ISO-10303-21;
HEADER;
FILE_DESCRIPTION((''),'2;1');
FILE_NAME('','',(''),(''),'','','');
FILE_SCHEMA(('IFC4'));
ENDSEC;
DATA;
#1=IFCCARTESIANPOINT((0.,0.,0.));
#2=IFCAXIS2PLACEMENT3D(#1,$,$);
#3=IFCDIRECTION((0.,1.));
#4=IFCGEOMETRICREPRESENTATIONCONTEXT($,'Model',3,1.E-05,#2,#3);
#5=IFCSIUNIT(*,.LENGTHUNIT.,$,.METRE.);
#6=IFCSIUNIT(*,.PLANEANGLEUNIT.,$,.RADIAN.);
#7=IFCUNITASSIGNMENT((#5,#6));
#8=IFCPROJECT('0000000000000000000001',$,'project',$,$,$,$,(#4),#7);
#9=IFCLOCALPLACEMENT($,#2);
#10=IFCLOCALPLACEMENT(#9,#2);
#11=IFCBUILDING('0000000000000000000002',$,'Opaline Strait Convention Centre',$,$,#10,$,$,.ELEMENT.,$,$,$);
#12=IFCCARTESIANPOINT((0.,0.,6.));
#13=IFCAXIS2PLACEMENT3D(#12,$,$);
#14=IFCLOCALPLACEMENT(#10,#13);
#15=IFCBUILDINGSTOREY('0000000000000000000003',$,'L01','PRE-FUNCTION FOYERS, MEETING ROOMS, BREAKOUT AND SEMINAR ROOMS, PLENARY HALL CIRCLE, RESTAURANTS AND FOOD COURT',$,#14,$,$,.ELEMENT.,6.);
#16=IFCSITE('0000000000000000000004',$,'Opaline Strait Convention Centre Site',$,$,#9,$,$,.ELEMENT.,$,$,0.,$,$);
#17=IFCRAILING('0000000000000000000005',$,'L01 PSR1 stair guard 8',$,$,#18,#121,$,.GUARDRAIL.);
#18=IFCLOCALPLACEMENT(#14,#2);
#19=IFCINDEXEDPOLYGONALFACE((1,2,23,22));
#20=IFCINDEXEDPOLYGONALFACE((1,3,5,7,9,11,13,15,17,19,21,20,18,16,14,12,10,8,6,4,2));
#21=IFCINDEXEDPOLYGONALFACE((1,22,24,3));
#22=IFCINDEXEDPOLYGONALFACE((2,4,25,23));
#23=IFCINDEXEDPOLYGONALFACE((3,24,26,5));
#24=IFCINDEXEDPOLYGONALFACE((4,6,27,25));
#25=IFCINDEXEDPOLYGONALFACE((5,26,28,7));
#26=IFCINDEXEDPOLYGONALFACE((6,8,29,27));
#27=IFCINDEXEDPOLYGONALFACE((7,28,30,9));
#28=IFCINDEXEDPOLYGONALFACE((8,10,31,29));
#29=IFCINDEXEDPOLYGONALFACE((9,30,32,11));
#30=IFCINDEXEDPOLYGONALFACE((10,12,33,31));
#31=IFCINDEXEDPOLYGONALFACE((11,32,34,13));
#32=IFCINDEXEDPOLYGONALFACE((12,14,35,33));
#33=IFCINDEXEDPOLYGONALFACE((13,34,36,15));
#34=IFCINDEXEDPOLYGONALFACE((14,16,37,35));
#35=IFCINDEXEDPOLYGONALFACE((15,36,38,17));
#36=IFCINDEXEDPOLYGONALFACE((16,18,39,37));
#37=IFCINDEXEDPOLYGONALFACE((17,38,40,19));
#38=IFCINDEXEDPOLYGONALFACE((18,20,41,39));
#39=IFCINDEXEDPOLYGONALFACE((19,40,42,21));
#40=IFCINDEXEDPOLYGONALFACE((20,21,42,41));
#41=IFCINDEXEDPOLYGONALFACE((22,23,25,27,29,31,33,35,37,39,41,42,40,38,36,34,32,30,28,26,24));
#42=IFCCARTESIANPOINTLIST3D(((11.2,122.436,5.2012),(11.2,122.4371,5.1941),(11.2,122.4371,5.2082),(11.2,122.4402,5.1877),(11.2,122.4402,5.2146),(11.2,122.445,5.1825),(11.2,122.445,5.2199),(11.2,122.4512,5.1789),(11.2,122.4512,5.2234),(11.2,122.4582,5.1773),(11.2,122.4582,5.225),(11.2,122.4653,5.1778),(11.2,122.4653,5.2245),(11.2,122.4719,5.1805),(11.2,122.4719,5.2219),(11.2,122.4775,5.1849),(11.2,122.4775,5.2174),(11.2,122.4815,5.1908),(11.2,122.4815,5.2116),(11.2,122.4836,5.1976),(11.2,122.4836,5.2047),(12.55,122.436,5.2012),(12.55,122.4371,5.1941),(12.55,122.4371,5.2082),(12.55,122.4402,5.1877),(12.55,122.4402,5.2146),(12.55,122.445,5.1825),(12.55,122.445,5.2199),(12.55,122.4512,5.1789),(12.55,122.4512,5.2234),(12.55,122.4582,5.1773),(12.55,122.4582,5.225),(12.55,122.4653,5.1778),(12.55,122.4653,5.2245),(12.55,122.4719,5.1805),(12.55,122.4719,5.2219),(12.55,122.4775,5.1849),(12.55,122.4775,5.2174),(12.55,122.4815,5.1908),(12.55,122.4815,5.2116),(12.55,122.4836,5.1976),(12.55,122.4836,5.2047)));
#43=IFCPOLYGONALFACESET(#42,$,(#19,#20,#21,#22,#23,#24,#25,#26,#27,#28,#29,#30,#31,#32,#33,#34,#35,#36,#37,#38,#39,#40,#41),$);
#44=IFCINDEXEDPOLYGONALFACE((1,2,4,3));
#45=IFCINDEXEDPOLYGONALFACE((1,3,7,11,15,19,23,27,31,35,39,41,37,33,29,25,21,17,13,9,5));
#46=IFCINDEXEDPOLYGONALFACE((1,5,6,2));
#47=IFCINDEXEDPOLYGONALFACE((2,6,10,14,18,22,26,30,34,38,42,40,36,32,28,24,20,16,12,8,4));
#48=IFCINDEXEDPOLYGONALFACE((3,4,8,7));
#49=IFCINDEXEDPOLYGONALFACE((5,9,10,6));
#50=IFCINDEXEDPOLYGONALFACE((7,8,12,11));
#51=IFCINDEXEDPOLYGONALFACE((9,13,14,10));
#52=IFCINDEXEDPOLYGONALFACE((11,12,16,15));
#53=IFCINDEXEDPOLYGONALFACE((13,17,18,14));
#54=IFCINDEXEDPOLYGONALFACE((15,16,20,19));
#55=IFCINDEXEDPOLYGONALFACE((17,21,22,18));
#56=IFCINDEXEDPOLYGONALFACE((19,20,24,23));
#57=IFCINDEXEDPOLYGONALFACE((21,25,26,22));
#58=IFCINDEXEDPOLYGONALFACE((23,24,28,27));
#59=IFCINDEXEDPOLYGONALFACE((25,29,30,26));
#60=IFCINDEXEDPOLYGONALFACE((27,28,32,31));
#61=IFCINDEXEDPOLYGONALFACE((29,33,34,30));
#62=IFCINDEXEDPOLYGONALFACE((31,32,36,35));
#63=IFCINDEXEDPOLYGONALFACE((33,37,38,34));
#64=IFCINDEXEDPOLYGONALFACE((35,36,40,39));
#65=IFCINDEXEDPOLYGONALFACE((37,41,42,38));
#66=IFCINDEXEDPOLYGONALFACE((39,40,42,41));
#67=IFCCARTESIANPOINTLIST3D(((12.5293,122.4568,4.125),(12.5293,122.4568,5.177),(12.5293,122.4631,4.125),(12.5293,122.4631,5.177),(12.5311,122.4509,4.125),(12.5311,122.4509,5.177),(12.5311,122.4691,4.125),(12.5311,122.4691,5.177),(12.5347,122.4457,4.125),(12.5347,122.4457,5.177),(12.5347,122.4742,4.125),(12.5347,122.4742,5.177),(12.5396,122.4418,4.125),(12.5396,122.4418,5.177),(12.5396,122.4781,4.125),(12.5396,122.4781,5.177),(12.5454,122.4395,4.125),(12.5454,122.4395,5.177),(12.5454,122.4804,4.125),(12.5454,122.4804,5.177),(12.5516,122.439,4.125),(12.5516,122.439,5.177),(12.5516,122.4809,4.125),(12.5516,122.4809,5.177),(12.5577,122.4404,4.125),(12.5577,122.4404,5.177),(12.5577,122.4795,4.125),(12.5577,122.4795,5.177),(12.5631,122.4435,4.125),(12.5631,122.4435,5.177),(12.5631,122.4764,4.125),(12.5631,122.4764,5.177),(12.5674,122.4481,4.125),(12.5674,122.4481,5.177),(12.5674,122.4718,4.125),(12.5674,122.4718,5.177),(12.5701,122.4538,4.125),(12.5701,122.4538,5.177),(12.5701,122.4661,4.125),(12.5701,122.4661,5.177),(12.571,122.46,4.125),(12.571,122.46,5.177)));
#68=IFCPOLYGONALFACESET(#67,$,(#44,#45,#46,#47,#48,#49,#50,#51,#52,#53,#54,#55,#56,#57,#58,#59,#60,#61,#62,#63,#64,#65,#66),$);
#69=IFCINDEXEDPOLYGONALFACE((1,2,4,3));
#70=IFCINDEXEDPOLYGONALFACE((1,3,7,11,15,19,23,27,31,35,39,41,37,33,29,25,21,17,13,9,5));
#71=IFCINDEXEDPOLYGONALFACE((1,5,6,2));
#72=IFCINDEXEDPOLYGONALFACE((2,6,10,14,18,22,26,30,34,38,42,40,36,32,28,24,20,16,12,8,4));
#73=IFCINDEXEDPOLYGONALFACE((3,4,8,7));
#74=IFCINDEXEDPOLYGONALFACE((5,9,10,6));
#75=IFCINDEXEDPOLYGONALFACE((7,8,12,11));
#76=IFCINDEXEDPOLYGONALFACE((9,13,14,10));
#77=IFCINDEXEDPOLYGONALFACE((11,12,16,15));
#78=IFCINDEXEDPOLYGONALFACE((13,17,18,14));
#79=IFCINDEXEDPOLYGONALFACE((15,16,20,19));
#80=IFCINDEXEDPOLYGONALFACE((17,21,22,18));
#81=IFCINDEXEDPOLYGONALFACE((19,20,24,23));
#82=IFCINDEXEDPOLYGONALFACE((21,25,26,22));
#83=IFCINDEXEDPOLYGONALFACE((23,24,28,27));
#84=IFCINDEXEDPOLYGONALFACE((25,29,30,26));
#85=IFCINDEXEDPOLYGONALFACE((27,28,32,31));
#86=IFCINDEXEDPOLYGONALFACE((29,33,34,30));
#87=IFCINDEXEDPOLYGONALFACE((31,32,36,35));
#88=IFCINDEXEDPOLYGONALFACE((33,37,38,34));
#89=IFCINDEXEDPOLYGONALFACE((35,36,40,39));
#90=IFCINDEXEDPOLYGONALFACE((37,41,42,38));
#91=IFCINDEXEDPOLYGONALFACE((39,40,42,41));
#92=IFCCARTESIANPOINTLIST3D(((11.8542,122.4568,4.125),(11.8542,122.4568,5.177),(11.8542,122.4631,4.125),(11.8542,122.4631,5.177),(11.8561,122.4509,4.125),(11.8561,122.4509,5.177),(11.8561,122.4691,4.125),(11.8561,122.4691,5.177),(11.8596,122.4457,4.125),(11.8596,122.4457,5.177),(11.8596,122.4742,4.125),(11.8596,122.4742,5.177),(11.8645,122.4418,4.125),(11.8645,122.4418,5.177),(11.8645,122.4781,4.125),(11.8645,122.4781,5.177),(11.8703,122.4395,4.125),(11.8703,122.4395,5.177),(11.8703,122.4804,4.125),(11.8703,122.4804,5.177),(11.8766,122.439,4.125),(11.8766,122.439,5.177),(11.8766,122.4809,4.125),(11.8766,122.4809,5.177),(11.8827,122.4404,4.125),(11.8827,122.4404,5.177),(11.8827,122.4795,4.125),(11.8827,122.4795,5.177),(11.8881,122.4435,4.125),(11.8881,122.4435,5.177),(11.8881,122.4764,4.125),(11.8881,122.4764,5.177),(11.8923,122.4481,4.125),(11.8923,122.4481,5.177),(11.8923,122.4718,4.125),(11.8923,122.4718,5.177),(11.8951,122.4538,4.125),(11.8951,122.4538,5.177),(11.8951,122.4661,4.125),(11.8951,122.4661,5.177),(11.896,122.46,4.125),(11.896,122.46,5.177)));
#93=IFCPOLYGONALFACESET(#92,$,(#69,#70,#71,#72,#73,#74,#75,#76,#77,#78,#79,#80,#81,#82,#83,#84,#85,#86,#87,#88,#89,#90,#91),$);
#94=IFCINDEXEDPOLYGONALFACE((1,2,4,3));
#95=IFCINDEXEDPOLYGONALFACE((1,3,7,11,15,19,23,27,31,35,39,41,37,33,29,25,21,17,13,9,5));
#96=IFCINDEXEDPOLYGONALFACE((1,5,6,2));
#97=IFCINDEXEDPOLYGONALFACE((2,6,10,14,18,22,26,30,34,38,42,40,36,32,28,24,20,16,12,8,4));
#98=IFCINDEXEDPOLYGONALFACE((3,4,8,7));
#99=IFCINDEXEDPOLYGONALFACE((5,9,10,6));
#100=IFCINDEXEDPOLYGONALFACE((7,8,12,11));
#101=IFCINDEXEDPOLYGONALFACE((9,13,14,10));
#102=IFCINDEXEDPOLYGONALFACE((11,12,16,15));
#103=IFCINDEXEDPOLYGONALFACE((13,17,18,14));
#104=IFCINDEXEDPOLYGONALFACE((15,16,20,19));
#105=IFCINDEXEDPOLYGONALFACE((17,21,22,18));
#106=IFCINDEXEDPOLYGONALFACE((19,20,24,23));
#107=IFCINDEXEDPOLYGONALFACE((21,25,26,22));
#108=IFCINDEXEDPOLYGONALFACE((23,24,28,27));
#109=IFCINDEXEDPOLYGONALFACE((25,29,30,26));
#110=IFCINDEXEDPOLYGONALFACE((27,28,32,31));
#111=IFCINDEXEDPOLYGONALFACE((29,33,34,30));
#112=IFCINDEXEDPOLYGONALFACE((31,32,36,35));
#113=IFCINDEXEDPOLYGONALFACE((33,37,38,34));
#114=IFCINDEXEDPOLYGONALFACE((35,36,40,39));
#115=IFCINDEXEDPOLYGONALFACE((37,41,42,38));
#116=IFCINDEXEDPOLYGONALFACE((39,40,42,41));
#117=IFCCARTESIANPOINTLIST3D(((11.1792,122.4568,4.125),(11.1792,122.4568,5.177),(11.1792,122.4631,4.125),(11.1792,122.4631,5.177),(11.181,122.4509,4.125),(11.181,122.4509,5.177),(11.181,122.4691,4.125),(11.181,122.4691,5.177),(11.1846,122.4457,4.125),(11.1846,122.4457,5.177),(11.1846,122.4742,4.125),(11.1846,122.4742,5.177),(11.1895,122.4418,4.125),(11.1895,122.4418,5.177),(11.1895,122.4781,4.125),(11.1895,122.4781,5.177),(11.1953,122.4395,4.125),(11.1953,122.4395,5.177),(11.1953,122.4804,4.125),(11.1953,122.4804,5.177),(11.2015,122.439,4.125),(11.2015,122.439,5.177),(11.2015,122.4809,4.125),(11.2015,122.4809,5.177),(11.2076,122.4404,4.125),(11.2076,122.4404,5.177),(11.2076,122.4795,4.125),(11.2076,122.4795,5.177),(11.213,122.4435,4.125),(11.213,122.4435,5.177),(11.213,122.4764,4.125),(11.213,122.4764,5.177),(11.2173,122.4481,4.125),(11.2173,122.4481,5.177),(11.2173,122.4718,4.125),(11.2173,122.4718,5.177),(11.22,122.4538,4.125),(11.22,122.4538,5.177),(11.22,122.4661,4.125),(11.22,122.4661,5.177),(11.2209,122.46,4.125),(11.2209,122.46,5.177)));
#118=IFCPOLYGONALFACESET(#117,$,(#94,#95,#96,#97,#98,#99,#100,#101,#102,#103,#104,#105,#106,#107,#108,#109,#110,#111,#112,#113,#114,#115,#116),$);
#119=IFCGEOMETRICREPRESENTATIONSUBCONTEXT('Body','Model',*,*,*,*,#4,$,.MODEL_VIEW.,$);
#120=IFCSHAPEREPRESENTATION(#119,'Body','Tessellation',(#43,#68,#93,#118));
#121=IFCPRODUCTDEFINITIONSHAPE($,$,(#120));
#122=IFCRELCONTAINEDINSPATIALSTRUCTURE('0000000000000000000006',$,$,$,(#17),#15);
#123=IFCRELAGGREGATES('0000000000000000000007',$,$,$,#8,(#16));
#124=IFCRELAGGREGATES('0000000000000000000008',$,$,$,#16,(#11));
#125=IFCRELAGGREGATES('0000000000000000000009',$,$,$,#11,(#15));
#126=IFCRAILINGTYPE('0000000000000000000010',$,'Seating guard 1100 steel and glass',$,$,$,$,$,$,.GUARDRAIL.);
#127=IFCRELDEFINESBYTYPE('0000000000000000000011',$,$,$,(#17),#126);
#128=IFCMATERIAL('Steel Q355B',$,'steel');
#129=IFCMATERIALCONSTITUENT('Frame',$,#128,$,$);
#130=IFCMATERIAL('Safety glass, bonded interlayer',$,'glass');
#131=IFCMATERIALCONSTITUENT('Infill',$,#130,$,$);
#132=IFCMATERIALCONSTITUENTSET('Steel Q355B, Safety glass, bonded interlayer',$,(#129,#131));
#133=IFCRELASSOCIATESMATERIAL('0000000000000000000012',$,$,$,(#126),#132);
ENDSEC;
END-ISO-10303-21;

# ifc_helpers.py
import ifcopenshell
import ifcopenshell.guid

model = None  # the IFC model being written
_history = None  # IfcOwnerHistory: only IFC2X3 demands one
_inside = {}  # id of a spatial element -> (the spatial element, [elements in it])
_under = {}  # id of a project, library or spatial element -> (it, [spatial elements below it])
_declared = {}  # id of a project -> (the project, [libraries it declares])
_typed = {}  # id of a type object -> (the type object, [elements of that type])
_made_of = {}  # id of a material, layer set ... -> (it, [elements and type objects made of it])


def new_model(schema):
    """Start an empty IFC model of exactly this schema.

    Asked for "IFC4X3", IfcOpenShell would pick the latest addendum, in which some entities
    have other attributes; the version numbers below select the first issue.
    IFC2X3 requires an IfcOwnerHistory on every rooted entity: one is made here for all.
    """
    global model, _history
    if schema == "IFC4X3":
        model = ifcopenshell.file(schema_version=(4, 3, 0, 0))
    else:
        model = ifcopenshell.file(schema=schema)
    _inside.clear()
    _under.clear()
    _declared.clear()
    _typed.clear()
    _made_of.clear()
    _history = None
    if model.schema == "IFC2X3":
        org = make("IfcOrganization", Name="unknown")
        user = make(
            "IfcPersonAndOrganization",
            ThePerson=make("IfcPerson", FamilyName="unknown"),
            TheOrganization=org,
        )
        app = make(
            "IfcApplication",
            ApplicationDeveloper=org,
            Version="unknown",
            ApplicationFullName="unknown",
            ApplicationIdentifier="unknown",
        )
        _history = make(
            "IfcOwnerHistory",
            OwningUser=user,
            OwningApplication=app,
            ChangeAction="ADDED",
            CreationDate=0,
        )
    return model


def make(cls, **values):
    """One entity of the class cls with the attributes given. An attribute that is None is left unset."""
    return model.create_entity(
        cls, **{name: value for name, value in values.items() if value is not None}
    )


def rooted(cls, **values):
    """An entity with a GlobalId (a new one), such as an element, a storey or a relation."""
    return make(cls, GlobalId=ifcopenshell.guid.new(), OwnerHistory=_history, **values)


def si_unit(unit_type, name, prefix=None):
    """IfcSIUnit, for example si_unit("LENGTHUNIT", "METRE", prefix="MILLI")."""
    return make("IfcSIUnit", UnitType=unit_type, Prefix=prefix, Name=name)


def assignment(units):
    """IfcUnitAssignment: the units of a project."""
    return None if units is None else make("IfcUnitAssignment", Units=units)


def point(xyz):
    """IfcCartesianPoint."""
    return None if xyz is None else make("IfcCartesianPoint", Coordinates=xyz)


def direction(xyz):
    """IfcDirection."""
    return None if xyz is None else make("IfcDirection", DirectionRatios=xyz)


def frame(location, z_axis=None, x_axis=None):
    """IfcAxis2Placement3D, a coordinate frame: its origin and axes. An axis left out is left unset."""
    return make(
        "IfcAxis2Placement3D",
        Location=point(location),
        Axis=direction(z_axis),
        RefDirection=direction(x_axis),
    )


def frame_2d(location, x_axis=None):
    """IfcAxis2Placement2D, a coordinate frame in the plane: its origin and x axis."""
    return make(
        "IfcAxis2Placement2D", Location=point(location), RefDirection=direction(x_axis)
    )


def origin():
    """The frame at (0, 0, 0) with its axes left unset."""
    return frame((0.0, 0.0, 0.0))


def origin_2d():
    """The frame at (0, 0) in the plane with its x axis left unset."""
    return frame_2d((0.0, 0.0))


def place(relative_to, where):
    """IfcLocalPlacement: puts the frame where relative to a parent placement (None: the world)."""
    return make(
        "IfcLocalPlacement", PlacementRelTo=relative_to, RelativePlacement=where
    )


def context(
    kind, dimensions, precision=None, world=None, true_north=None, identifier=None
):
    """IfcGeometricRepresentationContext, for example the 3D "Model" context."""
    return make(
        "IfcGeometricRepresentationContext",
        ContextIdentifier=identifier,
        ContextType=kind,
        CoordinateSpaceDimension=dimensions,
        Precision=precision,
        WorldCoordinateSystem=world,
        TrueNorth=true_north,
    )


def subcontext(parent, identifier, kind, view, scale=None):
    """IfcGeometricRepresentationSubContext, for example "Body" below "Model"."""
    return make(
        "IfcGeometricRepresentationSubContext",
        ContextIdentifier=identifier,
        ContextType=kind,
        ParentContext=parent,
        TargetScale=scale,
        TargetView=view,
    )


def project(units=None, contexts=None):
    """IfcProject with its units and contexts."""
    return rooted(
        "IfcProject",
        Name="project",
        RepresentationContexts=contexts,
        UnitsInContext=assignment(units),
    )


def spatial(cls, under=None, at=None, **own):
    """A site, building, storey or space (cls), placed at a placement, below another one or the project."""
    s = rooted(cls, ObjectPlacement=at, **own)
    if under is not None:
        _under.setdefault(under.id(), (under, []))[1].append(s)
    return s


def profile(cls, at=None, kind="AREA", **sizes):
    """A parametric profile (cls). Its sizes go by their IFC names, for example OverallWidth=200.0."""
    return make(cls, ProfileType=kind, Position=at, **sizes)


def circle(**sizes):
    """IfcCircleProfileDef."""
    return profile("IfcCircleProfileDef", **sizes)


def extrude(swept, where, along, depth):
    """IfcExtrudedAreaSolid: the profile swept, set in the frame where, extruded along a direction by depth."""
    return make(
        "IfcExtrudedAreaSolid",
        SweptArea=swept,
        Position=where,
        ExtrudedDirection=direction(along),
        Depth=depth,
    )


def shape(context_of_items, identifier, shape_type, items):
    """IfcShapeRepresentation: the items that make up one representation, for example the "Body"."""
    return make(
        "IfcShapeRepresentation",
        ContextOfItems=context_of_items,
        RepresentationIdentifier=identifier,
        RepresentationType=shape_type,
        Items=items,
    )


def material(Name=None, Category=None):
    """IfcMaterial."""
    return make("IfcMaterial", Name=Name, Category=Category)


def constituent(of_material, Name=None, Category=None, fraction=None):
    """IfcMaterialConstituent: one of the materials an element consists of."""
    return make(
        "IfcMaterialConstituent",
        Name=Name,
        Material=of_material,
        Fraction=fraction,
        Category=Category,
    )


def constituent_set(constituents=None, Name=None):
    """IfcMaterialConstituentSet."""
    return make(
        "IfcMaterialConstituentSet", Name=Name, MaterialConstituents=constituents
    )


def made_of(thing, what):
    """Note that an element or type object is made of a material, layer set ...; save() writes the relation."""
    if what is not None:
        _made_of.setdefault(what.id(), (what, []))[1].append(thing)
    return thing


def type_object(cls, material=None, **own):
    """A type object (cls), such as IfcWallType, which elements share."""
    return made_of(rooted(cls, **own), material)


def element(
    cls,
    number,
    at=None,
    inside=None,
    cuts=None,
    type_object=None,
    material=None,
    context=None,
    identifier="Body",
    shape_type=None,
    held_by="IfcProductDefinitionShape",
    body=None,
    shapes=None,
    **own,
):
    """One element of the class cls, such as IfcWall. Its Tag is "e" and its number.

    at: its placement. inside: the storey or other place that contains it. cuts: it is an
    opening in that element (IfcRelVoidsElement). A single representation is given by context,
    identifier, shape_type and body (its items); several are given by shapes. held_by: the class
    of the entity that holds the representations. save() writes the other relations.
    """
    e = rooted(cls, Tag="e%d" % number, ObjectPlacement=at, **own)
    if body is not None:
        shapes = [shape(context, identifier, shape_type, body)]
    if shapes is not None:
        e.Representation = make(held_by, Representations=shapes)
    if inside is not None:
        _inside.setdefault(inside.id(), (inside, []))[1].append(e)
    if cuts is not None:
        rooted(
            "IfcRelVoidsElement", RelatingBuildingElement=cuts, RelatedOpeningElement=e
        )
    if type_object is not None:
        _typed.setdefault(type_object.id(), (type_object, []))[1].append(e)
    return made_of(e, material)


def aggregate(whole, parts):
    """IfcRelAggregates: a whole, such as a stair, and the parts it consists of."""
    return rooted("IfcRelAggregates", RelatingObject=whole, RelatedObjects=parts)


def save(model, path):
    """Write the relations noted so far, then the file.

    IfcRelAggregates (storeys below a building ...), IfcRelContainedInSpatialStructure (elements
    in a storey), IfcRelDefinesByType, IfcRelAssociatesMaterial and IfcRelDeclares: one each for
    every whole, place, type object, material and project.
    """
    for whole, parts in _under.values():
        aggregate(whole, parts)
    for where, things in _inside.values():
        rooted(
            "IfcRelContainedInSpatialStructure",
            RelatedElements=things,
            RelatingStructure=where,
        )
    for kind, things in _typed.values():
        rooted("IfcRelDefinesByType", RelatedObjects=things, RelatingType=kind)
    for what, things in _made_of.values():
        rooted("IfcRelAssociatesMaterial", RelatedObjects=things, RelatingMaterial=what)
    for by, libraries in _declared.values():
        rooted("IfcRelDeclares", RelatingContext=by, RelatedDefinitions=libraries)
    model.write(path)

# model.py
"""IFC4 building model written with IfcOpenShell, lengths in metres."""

from ifc_helpers import new_model, si_unit, direction, frame, origin, origin_2d, place, context, subcontext, project, spatial, circle, extrude, material, constituent, constituent_set, type_object, element, save


model = new_model("IFC4")

# Units and contexts
model_context = context("Model", 3, precision=1e-05, world=origin(), true_north=direction((0.0, 1.0)))
body_context = subcontext(model_context, "Body", "Model", "MODEL_VIEW")
ifc_project = project(units=[si_unit("LENGTHUNIT", "METRE"), si_unit("PLANEANGLEUNIT", "RADIAN")], contexts=[model_context])

# Site, building, storey
site_placement = place(None, origin())
site = spatial("IfcSite", under=ifc_project, at=site_placement, Name="Opaline Strait Convention Centre Site", CompositionType="ELEMENT", RefElevation=0.0)
building_placement = place(site_placement, origin())
building = spatial("IfcBuilding", under=site, at=building_placement, Name="Opaline Strait Convention Centre", CompositionType="ELEMENT")
storey_placement = place(building_placement, frame((0.0, 0.0, 6.0)))
storey = spatial("IfcBuildingStorey", under=building, at=storey_placement, Name="L01", Description="PRE-FUNCTION FOYERS, MEETING ROOMS, BREAKOUT AND SEMINAR ROOMS, PLENARY HALL CIRCLE, RESTAURANTS AND FOOD COURT", CompositionType="ELEMENT", Elevation=6.0)

# Railing
ifc_material_1 = material(Name="Steel Q355B", Category="steel")
ifc_constituent_1 = constituent(ifc_material_1, Name="Frame")
ifc_material_2 = material(Name="Safety glass, bonded interlayer", Category="glass")
ifc_constituent_2 = constituent(ifc_material_2, Name="Infill")
ifc_constituent_set = constituent_set(constituents=[ifc_constituent_1, ifc_constituent_2], Name="Steel Q355B, Safety glass, bonded interlayer")
railing_type = type_object("IfcRailingType", Name="Seating guard 1100 steel and glass", PredefinedType="GUARDRAIL", material=ifc_constituent_set)
for number, where, name in (
    (1, (12.55, 122.46, 4.125), "L01 PSR1 stair guard 8"),
):
    element("IfcRailing", number, at=place(storey_placement, frame(where)), inside=storey, type_object=railing_type, Name=name, PredefinedType="GUARDRAIL", context=body_context, shape_type="SweptSolid", body=[
        extrude(circle(Radius=0.0239, at=origin_2d()), frame((0.0, 0.0, 1.0762), z_axis=(-1.0, 0.0, 0.0), x_axis=(0.0, -1.0, 0.0)), (0.0, 0.0, 1.0), 1.3501),
        extrude(circle(Radius=0.021, at=origin_2d()), origin(), (0.0, 0.0, 1.0), 1.052),
        extrude(circle(Radius=0.021, at=origin_2d()), frame((-0.675, 0.0, 0.0)), (0.0, 0.0, 1.0), 1.052),
        extrude(circle(Radius=0.021, at=origin_2d()), frame((-1.3501, 0.0, 0.0)), (0.0, 0.0, 1.0), 1.052),
    ])

save(model, "model.ifc")
